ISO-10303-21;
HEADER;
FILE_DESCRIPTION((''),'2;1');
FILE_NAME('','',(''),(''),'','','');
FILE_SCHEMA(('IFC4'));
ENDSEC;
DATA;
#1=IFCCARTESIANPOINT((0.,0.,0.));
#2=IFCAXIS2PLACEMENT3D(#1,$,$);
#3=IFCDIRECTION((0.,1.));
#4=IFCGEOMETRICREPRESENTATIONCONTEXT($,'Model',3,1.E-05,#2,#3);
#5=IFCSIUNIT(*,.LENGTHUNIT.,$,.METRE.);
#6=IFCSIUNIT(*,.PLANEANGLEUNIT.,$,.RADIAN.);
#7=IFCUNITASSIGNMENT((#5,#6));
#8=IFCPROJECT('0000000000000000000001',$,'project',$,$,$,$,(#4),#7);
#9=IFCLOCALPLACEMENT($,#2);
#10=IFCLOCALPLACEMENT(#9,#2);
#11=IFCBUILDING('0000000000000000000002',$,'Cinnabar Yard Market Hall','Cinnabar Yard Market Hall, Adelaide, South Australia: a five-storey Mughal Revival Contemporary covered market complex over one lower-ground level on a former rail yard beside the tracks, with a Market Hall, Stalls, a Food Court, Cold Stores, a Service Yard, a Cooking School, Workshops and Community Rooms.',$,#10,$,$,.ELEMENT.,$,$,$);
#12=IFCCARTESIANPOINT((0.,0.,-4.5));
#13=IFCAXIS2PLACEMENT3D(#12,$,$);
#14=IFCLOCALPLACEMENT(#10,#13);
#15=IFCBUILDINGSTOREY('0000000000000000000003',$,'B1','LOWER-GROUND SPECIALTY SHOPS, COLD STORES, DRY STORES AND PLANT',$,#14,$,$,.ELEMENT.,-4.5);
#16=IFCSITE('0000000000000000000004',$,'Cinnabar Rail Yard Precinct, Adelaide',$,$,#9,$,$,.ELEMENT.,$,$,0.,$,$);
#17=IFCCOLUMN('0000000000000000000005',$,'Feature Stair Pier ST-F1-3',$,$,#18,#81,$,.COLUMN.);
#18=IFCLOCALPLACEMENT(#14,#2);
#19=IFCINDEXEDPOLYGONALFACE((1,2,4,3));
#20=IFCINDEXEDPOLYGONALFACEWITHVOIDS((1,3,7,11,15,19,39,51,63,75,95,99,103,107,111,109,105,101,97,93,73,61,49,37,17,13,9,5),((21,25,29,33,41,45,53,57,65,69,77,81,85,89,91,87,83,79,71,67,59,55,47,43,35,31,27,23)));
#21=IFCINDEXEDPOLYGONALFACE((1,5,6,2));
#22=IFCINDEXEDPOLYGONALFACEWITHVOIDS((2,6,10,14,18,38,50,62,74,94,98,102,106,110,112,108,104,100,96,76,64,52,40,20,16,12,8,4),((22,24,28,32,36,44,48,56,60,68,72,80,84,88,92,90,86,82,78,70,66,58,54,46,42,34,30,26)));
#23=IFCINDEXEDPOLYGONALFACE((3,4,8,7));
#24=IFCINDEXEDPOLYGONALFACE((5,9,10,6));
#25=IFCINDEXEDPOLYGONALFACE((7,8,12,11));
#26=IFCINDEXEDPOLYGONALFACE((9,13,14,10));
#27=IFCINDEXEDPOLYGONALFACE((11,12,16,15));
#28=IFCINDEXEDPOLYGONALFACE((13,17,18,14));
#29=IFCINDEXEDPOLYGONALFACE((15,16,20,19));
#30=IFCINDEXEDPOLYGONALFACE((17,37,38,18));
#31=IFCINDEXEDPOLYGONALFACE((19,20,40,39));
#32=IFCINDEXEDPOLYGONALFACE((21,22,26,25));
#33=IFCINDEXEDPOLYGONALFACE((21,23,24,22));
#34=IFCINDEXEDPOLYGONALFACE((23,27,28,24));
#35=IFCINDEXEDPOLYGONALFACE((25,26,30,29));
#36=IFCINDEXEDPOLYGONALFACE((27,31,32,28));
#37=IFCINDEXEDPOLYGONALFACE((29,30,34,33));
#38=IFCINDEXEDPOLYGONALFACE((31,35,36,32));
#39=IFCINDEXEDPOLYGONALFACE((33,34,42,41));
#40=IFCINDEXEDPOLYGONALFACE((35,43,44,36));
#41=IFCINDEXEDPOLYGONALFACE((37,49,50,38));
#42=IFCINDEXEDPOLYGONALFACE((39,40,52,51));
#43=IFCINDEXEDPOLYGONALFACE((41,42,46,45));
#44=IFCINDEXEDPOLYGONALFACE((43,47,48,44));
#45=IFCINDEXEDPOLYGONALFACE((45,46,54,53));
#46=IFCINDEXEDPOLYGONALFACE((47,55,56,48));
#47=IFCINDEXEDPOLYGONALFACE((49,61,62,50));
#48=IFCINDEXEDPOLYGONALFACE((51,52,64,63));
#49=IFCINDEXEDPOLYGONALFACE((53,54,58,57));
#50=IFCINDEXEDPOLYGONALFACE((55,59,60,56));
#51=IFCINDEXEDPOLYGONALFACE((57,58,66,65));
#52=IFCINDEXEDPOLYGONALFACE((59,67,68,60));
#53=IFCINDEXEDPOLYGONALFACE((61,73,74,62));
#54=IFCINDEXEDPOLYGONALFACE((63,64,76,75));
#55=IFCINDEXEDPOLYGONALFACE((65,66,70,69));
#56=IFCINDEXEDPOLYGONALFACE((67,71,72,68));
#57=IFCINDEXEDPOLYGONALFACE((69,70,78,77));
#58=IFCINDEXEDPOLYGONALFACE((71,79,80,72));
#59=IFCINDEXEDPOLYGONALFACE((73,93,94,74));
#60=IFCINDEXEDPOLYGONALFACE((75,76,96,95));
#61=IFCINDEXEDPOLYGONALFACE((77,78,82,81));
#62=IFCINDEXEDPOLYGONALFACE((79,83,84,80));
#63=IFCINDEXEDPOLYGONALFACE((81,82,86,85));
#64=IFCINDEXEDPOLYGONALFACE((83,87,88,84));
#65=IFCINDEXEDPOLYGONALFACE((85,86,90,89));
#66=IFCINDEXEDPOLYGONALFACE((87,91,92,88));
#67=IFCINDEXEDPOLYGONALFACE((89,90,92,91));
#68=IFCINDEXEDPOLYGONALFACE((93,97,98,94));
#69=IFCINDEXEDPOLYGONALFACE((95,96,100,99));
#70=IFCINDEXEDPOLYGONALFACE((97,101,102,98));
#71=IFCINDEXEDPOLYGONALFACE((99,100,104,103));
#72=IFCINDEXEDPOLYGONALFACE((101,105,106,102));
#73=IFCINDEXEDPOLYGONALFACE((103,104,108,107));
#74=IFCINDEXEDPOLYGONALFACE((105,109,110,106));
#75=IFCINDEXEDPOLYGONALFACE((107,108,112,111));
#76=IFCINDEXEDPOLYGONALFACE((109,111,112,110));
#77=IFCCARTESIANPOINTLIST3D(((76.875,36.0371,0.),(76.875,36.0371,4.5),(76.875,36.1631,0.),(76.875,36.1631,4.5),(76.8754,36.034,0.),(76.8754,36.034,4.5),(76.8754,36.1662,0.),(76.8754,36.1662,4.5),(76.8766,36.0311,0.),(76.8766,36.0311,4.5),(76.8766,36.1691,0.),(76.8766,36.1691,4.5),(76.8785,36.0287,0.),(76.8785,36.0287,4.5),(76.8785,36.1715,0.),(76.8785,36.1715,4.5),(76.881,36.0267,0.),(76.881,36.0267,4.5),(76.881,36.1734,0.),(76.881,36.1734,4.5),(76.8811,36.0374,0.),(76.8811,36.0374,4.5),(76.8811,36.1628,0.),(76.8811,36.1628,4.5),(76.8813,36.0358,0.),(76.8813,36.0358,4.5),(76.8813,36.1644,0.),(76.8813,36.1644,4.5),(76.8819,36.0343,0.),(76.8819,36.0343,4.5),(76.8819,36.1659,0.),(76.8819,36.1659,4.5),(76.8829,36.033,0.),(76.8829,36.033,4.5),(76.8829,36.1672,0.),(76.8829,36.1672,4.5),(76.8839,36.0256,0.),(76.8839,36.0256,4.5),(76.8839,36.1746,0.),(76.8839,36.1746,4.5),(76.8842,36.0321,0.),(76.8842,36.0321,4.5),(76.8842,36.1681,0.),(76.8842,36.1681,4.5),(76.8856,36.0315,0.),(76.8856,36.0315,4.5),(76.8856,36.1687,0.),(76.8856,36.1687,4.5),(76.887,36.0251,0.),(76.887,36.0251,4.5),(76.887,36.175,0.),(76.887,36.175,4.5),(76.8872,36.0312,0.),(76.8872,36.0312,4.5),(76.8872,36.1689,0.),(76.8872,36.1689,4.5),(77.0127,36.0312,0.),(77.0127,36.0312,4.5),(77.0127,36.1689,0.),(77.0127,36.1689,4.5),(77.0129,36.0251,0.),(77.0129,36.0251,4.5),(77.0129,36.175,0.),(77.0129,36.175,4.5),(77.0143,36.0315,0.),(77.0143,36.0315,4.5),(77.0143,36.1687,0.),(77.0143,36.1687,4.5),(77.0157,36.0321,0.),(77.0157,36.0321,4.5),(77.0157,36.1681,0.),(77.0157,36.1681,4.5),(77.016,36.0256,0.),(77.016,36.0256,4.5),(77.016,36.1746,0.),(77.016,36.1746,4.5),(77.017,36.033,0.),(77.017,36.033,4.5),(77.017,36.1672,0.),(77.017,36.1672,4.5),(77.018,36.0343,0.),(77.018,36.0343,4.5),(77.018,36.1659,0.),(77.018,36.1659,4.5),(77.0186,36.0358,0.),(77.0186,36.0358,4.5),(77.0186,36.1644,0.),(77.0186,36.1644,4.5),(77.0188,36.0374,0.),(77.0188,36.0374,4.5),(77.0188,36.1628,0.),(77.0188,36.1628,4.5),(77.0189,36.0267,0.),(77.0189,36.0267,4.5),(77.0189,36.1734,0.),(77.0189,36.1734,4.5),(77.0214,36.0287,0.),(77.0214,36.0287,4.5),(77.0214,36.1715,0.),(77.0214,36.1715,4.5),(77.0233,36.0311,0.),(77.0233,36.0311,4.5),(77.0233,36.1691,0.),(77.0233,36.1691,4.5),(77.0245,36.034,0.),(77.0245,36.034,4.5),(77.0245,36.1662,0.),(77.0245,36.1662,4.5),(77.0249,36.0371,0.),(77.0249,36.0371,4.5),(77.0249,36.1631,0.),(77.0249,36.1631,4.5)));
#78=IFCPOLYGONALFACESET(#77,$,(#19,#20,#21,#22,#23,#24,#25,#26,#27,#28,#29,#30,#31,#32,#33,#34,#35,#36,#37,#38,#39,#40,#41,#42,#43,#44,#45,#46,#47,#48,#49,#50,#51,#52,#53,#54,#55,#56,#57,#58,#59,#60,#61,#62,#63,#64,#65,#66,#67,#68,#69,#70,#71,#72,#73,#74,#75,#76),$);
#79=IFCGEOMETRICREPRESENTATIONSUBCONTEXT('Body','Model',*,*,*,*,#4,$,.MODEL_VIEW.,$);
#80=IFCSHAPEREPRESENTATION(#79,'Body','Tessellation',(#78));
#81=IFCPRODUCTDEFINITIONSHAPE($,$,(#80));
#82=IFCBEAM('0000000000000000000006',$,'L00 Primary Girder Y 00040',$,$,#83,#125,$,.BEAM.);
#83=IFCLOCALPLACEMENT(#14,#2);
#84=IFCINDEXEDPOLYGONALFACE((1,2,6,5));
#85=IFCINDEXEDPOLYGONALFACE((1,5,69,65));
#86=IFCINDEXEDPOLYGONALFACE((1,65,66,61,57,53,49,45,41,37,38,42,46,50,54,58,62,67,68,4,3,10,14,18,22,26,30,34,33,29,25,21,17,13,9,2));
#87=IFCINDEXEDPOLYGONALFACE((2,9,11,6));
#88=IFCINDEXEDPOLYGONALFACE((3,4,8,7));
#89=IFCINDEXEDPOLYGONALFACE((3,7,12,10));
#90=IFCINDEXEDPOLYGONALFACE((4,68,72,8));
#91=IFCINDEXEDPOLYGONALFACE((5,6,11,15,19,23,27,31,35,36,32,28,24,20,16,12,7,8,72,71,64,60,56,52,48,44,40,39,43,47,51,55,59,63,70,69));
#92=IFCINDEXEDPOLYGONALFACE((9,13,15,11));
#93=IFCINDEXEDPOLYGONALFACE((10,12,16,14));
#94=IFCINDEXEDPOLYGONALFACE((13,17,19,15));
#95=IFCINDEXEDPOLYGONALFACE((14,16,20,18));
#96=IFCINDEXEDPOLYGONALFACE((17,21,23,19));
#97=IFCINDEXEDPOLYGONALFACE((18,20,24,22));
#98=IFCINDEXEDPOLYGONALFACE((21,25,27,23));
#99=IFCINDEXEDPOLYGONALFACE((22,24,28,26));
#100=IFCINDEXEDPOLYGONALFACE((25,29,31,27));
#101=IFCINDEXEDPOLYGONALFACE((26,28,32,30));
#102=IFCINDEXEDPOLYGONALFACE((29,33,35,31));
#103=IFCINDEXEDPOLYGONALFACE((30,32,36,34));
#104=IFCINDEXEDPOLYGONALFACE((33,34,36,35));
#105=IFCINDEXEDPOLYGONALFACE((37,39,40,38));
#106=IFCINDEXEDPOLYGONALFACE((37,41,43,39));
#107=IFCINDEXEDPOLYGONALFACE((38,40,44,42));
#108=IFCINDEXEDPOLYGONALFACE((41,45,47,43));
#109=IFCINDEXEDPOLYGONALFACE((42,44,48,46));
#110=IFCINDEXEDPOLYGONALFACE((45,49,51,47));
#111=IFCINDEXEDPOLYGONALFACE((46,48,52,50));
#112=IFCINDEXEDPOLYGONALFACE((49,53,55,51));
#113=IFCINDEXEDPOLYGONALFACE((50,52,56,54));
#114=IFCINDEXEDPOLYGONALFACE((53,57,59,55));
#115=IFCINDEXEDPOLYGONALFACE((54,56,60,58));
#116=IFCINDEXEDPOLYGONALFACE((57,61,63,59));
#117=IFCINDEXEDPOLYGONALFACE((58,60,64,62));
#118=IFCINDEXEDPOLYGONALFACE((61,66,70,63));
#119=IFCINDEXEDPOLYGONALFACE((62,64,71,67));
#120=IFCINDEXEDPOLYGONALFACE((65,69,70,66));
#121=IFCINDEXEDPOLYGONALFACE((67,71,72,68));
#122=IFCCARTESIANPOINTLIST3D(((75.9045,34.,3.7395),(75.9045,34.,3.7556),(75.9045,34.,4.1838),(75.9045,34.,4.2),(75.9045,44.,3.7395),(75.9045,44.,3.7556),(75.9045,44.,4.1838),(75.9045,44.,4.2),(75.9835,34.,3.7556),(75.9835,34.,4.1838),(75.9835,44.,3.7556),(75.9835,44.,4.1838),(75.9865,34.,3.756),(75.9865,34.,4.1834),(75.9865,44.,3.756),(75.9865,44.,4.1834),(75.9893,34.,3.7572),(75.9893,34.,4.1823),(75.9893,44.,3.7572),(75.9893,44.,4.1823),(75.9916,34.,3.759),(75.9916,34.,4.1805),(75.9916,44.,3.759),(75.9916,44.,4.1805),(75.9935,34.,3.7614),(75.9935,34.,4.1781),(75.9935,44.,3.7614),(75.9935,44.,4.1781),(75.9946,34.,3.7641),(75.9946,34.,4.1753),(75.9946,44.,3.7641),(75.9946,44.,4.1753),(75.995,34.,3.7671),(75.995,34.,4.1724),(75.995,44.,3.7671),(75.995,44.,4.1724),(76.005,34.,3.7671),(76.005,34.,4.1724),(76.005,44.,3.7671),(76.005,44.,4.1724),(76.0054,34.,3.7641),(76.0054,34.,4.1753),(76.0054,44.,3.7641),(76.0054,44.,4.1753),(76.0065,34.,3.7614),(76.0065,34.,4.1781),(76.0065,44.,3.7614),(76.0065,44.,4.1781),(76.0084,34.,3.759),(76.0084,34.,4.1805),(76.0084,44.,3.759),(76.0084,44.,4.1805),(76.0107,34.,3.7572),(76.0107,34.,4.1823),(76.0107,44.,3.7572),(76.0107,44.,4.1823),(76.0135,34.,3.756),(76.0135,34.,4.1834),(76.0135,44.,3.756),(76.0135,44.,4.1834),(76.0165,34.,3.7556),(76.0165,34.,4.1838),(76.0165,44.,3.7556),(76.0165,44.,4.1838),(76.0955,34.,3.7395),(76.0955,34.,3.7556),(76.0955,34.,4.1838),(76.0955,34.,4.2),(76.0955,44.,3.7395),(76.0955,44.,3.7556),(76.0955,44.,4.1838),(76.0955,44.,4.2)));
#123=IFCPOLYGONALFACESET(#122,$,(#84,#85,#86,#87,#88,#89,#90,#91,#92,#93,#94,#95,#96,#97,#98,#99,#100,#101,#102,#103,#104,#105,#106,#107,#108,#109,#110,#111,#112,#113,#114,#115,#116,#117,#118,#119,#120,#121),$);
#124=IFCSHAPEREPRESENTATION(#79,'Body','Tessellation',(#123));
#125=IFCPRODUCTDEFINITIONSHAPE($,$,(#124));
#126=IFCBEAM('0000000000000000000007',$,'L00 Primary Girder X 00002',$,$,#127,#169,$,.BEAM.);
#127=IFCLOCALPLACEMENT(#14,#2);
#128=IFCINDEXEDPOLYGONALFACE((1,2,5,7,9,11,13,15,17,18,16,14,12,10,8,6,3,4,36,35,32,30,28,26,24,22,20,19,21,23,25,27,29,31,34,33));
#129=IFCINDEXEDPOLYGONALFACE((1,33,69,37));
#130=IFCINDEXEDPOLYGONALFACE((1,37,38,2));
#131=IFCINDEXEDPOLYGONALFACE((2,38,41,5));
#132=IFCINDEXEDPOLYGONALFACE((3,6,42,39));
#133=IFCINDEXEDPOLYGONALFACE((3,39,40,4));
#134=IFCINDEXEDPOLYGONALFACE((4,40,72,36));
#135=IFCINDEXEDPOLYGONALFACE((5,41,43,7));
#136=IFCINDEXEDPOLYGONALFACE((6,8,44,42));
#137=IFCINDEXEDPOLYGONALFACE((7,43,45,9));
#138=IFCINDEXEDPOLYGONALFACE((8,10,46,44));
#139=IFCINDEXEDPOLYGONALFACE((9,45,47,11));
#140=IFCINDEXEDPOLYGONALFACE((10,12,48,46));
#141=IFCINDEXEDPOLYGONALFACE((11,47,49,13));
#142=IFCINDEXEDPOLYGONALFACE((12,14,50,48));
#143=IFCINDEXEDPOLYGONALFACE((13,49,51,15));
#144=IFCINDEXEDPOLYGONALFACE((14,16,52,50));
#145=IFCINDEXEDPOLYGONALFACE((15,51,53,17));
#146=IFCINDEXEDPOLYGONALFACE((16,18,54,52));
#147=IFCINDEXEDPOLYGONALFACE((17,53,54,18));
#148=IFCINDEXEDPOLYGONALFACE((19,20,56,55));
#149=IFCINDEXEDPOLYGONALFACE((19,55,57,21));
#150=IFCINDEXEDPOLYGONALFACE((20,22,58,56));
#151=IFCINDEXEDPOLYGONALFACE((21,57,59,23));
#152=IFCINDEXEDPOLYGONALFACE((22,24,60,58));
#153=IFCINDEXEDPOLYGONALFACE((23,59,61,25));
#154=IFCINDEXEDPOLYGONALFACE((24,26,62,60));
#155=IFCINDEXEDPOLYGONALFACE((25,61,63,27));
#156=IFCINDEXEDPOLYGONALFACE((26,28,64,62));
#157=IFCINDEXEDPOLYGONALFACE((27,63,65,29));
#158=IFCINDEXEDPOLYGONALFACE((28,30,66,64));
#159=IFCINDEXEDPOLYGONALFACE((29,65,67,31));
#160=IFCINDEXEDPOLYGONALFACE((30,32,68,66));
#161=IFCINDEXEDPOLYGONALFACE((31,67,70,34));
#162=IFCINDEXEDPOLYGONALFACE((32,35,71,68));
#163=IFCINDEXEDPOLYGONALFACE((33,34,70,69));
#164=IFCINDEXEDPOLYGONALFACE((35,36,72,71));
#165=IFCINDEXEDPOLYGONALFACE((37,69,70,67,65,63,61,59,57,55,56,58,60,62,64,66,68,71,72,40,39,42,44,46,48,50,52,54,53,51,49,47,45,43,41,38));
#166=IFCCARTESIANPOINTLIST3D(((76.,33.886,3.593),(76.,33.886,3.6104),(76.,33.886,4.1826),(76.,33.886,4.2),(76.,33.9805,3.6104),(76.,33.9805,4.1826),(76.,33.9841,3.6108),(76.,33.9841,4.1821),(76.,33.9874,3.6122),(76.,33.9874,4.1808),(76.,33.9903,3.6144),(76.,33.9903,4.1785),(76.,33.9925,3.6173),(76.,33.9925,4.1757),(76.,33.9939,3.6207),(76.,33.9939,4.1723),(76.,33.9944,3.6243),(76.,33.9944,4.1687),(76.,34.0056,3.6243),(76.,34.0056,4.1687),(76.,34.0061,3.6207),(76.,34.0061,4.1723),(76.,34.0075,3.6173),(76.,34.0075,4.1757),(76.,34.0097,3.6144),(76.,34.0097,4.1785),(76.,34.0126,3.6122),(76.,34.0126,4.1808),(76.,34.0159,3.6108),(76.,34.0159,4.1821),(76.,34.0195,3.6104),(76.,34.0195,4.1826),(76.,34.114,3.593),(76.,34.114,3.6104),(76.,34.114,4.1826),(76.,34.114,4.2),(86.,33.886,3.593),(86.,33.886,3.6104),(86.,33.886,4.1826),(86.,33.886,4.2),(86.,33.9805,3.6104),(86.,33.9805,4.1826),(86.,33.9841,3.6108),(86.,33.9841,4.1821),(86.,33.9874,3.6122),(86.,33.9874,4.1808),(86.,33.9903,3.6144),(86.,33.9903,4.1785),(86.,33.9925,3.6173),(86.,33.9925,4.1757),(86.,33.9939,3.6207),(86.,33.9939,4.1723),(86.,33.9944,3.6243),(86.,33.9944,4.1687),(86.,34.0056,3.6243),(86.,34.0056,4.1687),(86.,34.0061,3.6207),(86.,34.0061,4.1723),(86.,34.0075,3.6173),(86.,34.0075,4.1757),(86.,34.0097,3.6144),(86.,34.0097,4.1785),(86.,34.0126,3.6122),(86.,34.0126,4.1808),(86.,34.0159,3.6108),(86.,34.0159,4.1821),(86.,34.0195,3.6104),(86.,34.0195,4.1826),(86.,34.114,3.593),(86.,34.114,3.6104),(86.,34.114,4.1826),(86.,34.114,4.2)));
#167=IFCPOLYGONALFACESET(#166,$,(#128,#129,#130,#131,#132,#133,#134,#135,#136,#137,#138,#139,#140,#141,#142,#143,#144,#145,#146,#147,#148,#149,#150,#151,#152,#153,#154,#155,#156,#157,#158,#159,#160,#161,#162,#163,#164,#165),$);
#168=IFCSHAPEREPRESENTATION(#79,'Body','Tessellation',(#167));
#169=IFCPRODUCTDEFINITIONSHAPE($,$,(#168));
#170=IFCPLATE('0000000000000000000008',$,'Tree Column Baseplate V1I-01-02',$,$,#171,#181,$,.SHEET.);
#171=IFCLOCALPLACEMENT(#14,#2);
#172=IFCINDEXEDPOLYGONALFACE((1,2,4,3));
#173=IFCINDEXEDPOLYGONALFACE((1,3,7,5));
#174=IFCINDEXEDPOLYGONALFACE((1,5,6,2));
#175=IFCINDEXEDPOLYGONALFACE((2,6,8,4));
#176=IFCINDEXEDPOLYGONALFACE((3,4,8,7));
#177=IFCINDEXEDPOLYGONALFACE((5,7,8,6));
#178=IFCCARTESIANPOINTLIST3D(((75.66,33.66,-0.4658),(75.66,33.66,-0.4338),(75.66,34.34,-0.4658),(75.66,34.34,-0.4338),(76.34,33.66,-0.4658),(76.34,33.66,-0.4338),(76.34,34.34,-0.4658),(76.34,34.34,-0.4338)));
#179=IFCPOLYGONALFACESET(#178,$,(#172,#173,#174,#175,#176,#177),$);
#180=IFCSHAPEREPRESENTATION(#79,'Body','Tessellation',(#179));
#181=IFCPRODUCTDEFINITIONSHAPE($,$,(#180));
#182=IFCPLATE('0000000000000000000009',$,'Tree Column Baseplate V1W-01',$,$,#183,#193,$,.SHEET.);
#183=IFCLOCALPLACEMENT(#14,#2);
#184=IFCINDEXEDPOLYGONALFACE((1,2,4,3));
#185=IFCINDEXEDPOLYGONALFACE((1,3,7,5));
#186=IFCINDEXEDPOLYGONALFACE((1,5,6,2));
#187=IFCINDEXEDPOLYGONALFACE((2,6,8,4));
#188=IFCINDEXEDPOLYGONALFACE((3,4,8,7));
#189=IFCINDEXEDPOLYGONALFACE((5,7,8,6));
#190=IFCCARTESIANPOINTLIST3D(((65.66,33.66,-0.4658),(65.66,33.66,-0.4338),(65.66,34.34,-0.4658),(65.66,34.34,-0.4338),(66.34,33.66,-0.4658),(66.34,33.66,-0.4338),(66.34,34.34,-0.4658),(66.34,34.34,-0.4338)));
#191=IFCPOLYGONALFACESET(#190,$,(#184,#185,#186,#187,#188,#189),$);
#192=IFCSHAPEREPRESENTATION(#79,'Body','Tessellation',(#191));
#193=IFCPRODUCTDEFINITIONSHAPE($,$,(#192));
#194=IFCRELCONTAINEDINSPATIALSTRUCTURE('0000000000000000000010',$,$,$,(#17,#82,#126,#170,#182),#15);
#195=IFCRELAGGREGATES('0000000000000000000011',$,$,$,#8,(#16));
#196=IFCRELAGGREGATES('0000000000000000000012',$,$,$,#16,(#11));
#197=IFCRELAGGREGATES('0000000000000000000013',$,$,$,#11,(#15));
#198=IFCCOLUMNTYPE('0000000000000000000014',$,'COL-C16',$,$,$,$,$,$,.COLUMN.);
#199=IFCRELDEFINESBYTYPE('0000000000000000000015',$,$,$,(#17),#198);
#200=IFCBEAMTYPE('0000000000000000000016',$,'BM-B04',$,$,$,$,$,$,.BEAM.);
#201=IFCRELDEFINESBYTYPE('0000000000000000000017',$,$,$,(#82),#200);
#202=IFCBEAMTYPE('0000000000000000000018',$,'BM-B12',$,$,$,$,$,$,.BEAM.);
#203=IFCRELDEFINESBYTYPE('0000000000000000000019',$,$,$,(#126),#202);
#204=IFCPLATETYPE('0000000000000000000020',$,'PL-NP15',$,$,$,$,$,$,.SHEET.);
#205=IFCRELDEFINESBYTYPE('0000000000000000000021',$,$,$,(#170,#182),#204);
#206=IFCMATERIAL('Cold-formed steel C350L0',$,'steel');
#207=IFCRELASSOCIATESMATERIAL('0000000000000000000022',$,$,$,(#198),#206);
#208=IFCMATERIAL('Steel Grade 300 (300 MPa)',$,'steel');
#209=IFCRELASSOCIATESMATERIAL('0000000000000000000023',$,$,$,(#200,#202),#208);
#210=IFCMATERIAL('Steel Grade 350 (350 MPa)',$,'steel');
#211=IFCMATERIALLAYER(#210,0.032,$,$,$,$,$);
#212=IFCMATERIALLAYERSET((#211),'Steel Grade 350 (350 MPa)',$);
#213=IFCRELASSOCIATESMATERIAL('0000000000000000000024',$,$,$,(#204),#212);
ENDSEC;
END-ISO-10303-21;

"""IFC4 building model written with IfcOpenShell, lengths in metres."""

from ifc_helpers import new_model, si_unit, direction, frame, origin, origin_2d_with_axis, place, context, subcontext, project, spatial, rectangle, hollow_rectangle, i_section, extrude, material, layer, layer_set, material_profile, profile_set, type_object, element, save


model = new_model("IFC4")

# Units and contexts
model_context = context("Model", 3, precision=1e-05, world=origin(), true_north=direction((0.0, 1.0)))
body_context = subcontext(model_context, "Body", "Model", "MODEL_VIEW")
ifc_project = project(units=[si_unit("LENGTHUNIT", "METRE"), si_unit("PLANEANGLEUNIT", "RADIAN")], contexts=[model_context])

# Site, building, storey
site_placement = place(None, origin())
site = spatial("IfcSite", under=ifc_project, at=site_placement, Name="Cinnabar Rail Yard Precinct, Adelaide", CompositionType="ELEMENT", RefElevation=0.0)
building_placement = place(site_placement, origin())
building = spatial("IfcBuilding", under=site, at=building_placement, Name="Cinnabar Yard Market Hall", Description="Cinnabar Yard Market Hall, Adelaide, South Australia: a five-storey Mughal Revival Contemporary covered market complex over one lower-ground level on a former rail yard beside the tracks, with a Market Hall, Stalls, a Food Court, Cold Stores, a Service Yard, a Cooking School, Workshops and Community Rooms.", CompositionType="ELEMENT")
storey_placement = place(building_placement, frame((0.0, 0.0, -4.5)))
storey = spatial("IfcBuildingStorey", under=building, at=storey_placement, Name="B1", Description="LOWER-GROUND SPECIALTY SHOPS, COLD STORES, DRY STORES AND PLANT", CompositionType="ELEMENT", Elevation=-4.5)

# Column
ifc_material_1 = material(Name="Cold-formed steel C350L0", Category="steel")
ifc_material_profile_1 = material_profile(ifc_material_1, hollow_rectangle(XDim=0.1499, YDim=0.1499, WallThickness=0.0061, InnerFilletRadius=0.0061, OuterFilletRadius=0.012, at=origin_2d_with_axis()), Name="150x150x6.0SHS")
ifc_profile_set_1 = profile_set([ifc_material_profile_1], Name="Cold-formed steel C350L0")
column_type_1 = type_object("IfcColumnType", Name="COL-C16", PredefinedType="COLUMN", material=ifc_profile_set_1)
for number, where, z_axis, x_axis, name in (
    (1, (76.95, 36.1001, 0.0), (0.0, 0.0, 1.0), (1.0, 0.0, 0.0), "Feature Stair Pier ST-F1-3"),
):
    element("IfcColumn", number, at=place(storey_placement, frame(where, z_axis=z_axis, x_axis=x_axis)), inside=storey, type_object=column_type_1, Name=name, PredefinedType="COLUMN", context=body_context, shape_type="SweptSolid", body=[
        extrude(hollow_rectangle(XDim=0.1499, YDim=0.1499, WallThickness=0.0061, InnerFilletRadius=0.0061, OuterFilletRadius=0.012, at=origin_2d_with_axis()), origin(), (0.0, 0.0, 1.0), 4.5),
    ])

# Beams
ifc_material_2 = material(Name="Steel Grade 300 (300 MPa)", Category="steel")
ifc_material_profile_2 = material_profile(ifc_material_2, i_section(OverallWidth=0.1909, OverallDepth=0.4604, WebThickness=0.01, FlangeThickness=0.0161, FilletRadius=0.0115, at=origin_2d_with_axis()), Name="460UB82.1")
ifc_profile_set_2 = profile_set([ifc_material_profile_2], Name="Steel Grade 300 (300 MPa)")
beam_type_1 = type_object("IfcBeamType", Name="BM-B04", PredefinedType="BEAM", material=ifc_profile_set_2)
beam_1_placement = place(storey_placement, frame((76.0, 34.0, 3.9697), z_axis=(0.0, 1.0, 0.0), x_axis=(-1.0, 0.0, 0.0)))
element("IfcBeam", 2, at=beam_1_placement, inside=storey, type_object=beam_type_1, Name="L00 Primary Girder Y 00040", PredefinedType="BEAM", context=body_context, shape_type="SweptSolid", body=[
    extrude(i_section(OverallWidth=0.1909, OverallDepth=0.4604, WebThickness=0.01, FlangeThickness=0.0161, FilletRadius=0.0115, at=origin_2d_with_axis()), origin(), (0.0, 0.0, 1.0), 10.0),
])
ifc_material_profile_3 = material_profile(ifc_material_2, i_section(OverallWidth=0.228, OverallDepth=0.6069, WebThickness=0.0112, FlangeThickness=0.0173, FilletRadius=0.0139, at=origin_2d_with_axis()), Name="610UB113")
ifc_profile_set_3 = profile_set([ifc_material_profile_3], Name="Steel Grade 300 (300 MPa)")
beam_type_2 = type_object("IfcBeamType", Name="BM-B12", PredefinedType="BEAM", material=ifc_profile_set_3)
beam_2_placement = place(storey_placement, frame((76.0, 34.0, 3.8965), z_axis=(1.0, 0.0, 0.0), x_axis=(0.0, 1.0, 0.0)))
element("IfcBeam", 3, at=beam_2_placement, inside=storey, type_object=beam_type_2, Name="L00 Primary Girder X 00002", PredefinedType="BEAM", context=body_context, shape_type="SweptSolid", body=[
    extrude(i_section(OverallWidth=0.228, OverallDepth=0.6069, WebThickness=0.0112, FlangeThickness=0.0173, FilletRadius=0.0139, at=origin_2d_with_axis()), origin(), (0.0, 0.0, 1.0), 10.0),
])

# Plates
ifc_material_3 = material(Name="Steel Grade 350 (350 MPa)", Category="steel")
ifc_layer_1 = layer(ifc_material_3, 0.032)
ifc_layer_set_1 = layer_set([ifc_layer_1], Name="Steel Grade 350 (350 MPa)")
plate_type = type_object("IfcPlateType", Name="PL-NP15", PredefinedType="SHEET", material=ifc_layer_set_1)
for number, where, z_axis, x_axis, name in (
    (4, (76.0, 34.0, -0.4658), (0.0, 0.0, 1.0), (1.0, 0.0, 0.0), "Tree Column Baseplate V1I-01-02"),
    (5, (66.0, 34.0, -0.4658), (0.0, 0.0, 1.0), (1.0, 0.0, 0.0), "Tree Column Baseplate V1W-01"),
):
    element("IfcPlate", number, at=place(storey_placement, frame(where, z_axis=z_axis, x_axis=x_axis)), inside=storey, type_object=plate_type, Name=name, PredefinedType="SHEET", context=body_context, shape_type="SweptSolid", body=[
        extrude(rectangle(XDim=0.6799, YDim=0.6799, at=origin_2d_with_axis()), origin(), (0.0, 0.0, 1.0), 0.032),
    ])

save(model, "model.ifc")
